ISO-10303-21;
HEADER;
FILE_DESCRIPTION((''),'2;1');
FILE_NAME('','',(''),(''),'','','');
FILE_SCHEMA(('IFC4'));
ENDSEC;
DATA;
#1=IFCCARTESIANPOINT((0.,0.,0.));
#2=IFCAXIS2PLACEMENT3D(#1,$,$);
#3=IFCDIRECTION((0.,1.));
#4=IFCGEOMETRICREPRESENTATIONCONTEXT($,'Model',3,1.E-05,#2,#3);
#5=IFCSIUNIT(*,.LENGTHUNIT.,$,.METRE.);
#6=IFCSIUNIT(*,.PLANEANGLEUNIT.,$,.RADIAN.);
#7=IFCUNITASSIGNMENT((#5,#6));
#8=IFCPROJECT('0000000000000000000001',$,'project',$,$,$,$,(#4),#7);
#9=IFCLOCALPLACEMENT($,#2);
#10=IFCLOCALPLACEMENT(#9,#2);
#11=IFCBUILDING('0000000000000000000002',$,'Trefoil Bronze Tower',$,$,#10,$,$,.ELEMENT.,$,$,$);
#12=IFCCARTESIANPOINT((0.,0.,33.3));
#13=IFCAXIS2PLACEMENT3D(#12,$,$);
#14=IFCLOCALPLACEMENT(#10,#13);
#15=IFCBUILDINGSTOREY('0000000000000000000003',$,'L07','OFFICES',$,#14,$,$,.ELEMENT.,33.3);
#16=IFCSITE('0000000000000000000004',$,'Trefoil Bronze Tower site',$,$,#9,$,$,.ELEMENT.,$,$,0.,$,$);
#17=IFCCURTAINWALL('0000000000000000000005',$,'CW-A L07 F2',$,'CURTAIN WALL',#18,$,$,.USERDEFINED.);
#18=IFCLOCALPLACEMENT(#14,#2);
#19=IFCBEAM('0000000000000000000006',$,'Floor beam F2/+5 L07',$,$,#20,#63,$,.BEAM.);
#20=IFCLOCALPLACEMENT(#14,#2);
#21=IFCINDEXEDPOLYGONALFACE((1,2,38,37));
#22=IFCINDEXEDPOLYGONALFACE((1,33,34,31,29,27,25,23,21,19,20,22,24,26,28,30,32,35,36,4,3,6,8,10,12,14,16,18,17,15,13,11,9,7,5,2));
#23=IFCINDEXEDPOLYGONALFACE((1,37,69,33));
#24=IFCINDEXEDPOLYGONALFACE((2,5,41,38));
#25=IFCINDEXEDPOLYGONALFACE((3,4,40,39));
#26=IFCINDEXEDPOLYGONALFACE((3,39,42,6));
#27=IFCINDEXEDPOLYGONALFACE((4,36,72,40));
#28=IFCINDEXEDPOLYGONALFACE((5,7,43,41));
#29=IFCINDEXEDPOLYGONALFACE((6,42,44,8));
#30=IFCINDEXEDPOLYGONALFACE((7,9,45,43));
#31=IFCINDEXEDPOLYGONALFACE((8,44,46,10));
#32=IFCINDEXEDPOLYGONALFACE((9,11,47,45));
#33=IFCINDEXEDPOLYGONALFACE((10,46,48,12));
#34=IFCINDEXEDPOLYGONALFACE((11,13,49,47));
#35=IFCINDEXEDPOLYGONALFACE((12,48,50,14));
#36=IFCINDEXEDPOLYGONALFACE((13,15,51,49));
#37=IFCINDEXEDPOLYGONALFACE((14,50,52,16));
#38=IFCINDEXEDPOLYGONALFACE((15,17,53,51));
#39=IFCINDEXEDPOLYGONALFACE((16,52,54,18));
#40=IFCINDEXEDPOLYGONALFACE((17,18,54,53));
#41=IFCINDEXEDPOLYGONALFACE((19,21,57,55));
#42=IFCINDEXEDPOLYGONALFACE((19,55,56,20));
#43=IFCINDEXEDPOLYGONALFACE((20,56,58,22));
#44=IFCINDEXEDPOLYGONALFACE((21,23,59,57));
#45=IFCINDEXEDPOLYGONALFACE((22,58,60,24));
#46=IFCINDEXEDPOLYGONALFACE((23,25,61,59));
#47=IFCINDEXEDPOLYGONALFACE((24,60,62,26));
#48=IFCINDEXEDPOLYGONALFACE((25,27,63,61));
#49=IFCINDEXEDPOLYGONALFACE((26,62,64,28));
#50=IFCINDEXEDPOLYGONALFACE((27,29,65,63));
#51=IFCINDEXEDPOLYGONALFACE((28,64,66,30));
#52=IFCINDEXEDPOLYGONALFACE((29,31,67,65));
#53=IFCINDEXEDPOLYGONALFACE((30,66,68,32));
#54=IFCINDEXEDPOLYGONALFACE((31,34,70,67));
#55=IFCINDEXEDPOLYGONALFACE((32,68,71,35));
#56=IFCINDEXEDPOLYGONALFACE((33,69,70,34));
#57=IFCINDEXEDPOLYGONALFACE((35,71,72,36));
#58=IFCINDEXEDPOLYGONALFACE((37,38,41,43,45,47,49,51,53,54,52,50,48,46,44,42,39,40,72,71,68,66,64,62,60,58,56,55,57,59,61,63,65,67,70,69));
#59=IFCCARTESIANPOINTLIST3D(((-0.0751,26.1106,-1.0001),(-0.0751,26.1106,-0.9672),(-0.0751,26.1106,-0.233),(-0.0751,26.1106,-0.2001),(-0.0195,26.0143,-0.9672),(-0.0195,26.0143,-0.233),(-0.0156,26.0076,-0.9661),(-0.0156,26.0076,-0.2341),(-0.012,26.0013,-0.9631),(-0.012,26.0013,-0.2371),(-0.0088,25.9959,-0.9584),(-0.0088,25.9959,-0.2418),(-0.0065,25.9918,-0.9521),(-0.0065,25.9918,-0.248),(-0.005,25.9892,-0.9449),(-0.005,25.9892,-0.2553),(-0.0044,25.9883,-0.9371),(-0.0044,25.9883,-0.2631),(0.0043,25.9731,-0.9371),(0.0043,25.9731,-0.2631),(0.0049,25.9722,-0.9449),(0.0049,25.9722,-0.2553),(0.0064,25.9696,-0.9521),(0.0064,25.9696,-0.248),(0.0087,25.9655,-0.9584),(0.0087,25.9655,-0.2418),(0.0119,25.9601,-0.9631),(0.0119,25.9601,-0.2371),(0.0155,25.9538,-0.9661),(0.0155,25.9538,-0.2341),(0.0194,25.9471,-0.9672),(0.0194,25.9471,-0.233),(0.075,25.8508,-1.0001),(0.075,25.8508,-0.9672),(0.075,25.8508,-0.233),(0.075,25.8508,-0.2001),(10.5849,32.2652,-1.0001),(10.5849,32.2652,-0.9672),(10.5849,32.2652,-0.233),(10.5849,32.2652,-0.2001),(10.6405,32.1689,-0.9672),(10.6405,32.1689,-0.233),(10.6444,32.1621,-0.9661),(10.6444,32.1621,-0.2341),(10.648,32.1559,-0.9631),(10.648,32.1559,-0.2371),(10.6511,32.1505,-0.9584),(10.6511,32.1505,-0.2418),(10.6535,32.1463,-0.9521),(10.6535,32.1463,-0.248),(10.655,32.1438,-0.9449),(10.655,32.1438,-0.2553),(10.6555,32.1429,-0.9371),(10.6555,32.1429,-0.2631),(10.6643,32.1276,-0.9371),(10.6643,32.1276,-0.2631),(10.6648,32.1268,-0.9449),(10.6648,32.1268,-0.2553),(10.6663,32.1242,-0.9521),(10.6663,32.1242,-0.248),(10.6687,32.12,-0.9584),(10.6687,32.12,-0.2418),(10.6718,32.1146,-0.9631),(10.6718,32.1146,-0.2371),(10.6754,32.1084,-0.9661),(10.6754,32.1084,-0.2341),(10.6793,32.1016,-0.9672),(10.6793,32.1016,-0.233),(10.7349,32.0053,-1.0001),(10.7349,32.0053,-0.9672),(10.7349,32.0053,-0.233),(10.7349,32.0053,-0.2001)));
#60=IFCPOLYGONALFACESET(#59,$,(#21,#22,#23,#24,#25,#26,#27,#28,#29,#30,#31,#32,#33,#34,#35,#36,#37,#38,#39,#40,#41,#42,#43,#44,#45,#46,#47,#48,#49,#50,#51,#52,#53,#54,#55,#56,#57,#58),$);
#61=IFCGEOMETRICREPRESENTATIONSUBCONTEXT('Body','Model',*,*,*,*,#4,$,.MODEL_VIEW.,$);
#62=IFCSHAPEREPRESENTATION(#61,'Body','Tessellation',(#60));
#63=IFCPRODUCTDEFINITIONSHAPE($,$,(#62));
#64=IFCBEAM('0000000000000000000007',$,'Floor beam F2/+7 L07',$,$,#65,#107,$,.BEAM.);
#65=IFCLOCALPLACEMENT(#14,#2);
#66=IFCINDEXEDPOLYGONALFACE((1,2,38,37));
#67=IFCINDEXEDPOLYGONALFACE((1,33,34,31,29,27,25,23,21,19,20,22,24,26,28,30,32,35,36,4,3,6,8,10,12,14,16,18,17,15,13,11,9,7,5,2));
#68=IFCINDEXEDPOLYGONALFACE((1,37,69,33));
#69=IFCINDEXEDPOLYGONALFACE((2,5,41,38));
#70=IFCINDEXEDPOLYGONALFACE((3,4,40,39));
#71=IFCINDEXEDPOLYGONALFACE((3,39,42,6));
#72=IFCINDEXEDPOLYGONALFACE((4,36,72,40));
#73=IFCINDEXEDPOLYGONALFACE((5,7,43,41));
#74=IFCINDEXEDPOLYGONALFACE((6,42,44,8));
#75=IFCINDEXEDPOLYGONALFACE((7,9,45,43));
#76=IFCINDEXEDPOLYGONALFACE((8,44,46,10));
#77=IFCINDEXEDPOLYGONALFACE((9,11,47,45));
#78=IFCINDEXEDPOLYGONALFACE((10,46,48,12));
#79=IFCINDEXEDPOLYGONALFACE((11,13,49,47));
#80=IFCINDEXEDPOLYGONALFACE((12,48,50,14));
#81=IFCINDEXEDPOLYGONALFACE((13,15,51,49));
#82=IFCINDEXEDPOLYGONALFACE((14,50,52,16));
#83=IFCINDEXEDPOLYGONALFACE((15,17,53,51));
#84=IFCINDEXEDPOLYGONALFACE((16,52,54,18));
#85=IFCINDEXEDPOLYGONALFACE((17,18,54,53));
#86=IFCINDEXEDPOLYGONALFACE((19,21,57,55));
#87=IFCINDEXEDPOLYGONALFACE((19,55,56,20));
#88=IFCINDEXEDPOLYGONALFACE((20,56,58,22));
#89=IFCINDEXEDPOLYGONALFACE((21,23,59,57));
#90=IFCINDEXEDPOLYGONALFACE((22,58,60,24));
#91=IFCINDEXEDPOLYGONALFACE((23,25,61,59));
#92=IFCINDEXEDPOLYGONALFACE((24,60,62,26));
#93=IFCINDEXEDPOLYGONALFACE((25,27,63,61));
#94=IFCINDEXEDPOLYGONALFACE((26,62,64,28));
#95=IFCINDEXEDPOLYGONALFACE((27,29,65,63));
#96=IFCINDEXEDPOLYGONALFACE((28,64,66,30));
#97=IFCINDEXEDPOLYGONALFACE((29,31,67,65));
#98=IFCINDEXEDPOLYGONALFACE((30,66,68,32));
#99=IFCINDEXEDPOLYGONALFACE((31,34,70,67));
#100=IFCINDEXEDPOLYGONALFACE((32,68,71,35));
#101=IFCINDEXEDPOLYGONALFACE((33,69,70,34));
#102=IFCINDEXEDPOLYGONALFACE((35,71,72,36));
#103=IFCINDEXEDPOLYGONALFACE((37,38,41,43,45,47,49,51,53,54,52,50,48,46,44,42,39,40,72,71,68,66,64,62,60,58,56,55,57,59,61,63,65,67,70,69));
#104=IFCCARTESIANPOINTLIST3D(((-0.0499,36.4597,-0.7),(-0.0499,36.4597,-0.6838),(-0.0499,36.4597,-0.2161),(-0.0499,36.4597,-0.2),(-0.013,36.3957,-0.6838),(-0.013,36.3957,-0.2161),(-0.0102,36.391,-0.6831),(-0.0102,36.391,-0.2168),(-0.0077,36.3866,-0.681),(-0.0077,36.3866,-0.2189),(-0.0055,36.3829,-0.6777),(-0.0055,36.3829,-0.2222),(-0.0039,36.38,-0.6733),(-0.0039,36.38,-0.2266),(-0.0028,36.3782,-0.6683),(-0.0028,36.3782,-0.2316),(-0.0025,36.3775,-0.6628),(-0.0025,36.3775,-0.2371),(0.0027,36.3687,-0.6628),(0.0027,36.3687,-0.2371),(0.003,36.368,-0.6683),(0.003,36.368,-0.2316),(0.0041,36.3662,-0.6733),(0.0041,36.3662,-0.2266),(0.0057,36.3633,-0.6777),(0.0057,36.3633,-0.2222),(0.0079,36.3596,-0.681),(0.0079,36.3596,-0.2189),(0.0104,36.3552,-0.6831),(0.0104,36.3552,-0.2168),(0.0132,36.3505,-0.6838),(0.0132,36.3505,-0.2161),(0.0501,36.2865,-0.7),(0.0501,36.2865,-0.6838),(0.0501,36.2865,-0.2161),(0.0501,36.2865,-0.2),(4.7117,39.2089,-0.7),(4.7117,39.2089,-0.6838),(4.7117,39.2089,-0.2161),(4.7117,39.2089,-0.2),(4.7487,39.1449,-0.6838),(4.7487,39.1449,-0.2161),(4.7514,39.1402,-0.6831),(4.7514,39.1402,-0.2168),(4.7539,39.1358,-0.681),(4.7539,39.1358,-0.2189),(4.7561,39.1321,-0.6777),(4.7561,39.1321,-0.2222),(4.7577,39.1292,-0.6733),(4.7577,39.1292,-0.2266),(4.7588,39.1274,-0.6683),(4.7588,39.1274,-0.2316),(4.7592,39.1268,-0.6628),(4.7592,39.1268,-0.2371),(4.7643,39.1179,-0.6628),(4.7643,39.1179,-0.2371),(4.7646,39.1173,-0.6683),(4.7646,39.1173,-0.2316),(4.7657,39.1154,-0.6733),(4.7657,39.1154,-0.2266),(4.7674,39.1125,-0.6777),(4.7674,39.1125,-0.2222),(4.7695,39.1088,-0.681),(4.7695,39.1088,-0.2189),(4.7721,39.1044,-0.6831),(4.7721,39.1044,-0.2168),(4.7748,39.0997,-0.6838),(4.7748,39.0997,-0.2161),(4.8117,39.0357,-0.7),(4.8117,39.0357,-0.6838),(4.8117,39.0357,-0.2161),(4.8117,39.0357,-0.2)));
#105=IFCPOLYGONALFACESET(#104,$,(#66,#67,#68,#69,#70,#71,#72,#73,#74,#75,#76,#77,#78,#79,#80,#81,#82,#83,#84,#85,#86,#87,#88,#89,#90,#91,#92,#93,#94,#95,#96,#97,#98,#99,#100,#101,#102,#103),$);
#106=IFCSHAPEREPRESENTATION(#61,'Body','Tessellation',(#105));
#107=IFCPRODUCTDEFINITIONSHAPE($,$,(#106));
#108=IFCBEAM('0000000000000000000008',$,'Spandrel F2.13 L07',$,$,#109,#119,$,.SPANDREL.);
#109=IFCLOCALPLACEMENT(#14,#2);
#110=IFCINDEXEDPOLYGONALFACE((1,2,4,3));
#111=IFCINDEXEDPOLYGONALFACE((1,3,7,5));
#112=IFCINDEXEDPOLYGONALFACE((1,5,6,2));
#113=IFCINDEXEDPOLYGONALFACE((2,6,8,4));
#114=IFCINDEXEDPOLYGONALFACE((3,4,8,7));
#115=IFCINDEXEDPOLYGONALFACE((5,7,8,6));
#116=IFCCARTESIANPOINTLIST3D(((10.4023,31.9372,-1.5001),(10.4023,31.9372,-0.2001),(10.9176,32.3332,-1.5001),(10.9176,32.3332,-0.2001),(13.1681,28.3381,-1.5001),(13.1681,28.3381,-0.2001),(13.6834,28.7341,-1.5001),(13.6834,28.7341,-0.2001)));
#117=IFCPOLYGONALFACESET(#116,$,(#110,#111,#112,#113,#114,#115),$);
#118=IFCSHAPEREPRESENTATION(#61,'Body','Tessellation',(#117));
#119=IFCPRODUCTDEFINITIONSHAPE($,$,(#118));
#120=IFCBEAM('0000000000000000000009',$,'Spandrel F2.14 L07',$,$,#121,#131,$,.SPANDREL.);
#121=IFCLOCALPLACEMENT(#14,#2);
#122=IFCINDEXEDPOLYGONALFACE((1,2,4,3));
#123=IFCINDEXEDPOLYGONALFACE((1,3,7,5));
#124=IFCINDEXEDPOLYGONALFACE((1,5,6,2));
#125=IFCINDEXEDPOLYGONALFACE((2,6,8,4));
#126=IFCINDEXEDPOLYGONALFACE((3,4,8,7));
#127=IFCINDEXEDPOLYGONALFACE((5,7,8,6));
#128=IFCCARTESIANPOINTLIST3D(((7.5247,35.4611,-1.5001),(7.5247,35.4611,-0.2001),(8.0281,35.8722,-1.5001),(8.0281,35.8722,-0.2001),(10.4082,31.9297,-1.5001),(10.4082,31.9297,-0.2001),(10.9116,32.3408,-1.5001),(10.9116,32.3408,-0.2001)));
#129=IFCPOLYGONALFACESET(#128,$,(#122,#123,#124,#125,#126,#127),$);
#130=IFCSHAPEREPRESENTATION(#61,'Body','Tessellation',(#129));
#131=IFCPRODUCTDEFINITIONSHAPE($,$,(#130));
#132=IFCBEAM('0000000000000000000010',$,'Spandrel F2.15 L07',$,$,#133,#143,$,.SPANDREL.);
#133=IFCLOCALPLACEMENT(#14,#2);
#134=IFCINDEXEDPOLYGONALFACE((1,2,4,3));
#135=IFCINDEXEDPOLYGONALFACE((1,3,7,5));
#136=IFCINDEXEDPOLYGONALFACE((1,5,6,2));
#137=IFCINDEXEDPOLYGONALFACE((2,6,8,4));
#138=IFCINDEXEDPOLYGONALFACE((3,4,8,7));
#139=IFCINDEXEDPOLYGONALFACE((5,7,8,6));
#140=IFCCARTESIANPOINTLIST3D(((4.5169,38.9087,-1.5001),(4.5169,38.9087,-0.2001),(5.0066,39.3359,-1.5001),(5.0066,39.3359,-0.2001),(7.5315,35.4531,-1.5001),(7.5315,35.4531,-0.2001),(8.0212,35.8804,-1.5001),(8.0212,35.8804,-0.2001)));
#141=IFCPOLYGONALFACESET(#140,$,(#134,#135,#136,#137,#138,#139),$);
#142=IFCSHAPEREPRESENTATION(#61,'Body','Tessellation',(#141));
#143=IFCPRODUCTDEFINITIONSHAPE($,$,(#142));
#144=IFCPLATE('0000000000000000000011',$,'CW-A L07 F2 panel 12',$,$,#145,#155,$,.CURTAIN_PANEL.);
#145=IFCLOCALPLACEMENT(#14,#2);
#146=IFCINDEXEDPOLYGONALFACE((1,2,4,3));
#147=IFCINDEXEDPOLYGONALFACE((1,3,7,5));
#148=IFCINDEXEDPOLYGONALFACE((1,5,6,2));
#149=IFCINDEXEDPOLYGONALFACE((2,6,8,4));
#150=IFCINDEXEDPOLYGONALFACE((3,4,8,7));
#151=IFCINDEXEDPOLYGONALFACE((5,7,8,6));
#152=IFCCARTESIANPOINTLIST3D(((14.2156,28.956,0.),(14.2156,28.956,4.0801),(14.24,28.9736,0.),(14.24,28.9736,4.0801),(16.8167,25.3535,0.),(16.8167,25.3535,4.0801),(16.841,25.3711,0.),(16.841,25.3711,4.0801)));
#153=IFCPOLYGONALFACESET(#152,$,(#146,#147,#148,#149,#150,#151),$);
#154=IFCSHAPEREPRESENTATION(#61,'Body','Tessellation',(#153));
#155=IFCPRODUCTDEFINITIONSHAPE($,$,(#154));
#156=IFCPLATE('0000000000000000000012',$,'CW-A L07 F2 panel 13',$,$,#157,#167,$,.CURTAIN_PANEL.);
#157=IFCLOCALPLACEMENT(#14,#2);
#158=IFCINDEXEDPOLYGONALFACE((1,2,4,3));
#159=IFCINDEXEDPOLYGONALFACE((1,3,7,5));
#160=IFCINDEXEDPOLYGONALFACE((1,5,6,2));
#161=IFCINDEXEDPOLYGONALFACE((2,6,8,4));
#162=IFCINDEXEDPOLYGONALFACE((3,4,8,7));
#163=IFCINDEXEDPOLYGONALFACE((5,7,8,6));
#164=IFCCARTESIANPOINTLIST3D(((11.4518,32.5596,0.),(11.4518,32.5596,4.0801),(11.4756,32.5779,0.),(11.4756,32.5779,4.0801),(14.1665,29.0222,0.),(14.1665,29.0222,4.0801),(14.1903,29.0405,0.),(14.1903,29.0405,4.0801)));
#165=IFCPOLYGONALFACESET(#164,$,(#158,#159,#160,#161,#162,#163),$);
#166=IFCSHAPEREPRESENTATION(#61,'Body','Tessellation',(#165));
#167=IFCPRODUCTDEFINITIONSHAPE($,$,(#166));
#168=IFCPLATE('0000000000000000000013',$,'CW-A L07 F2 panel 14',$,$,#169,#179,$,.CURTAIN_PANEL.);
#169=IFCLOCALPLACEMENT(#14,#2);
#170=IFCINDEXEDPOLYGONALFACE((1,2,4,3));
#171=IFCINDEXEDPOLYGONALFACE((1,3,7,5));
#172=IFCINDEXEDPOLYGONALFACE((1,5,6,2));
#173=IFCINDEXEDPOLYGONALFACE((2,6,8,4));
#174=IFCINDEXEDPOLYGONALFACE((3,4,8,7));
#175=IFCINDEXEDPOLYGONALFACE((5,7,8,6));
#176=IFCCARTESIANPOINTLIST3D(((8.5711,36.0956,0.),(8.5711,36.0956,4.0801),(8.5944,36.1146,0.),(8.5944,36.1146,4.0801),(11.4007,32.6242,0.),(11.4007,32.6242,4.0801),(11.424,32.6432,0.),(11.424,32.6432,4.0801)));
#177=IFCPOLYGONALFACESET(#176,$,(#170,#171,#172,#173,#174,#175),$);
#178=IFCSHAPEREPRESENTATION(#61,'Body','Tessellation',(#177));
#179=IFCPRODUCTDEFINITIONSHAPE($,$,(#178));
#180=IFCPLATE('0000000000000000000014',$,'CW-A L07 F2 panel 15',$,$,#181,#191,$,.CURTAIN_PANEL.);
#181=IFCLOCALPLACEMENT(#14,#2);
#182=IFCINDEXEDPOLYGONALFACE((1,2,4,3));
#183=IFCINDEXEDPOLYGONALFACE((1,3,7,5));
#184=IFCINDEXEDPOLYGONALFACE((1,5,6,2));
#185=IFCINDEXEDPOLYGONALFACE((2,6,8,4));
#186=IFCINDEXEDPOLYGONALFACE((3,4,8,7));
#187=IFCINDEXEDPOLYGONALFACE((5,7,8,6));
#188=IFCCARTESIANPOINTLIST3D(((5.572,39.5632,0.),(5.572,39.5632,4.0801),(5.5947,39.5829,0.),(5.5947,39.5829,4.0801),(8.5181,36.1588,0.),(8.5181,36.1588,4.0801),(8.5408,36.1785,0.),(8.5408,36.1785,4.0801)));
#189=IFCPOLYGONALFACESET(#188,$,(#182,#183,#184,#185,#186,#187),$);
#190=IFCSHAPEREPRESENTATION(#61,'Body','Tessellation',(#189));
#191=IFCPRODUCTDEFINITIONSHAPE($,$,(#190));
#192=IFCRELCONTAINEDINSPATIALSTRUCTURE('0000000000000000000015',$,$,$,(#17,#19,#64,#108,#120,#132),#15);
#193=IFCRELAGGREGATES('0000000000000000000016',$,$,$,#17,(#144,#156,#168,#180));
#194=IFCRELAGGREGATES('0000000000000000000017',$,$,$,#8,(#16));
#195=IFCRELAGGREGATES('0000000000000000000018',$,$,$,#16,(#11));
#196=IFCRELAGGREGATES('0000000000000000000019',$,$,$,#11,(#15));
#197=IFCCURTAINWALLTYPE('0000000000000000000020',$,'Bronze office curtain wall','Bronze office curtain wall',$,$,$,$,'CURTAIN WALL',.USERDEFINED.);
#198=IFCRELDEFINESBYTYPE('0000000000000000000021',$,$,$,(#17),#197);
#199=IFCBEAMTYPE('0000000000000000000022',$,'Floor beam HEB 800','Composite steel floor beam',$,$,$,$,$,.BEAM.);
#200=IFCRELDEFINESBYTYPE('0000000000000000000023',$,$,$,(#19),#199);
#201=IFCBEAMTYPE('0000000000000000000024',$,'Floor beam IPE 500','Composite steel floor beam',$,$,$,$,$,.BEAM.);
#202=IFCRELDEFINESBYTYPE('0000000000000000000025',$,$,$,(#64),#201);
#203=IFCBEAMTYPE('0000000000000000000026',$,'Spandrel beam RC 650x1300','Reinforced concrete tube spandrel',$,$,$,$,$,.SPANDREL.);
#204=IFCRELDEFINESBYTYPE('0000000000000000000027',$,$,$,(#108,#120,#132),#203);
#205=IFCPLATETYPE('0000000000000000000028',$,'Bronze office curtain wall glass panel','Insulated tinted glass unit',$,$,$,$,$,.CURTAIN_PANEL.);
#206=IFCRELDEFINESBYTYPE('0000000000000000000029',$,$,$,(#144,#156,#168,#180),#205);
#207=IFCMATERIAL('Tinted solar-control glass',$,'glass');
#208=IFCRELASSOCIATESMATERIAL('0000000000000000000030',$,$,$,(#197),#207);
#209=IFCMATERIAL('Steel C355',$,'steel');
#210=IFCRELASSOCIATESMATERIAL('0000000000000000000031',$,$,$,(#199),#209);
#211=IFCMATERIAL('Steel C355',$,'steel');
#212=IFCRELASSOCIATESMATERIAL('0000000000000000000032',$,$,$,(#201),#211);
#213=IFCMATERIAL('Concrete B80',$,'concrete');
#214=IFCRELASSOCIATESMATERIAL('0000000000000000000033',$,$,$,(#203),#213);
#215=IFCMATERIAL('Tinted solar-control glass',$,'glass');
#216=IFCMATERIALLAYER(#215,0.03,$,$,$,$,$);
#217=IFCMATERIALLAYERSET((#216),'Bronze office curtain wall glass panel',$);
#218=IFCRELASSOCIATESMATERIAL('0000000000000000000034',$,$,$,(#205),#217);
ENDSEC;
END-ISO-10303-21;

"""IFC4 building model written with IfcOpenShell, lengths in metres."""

from ifc_helpers import new_model, si_unit, direction, frame, origin, origin_2d, place, context, subcontext, project, spatial, rectangle, i_section, extrude, material, layer, layer_set, material_profile, profile_set, type_object, element, aggregate, save


model = new_model("IFC4")

# Units and contexts
model_context = context("Model", 3, precision=1e-05, world=origin(), true_north=direction((0.0, 1.0)))
body_context = subcontext(model_context, "Body", "Model", "MODEL_VIEW")
ifc_project = project(units=[si_unit("LENGTHUNIT", "METRE"), si_unit("PLANEANGLEUNIT", "RADIAN")], contexts=[model_context])

# Site, building, storey
site_placement = place(None, origin())
site = spatial("IfcSite", under=ifc_project, at=site_placement, Name="Trefoil Bronze Tower site", CompositionType="ELEMENT", RefElevation=0.0)
building_placement = place(site_placement, origin())
building = spatial("IfcBuilding", under=site, at=building_placement, Name="Trefoil Bronze Tower", CompositionType="ELEMENT")
storey_placement = place(building_placement, frame((0.0, 0.0, 33.3)))
storey = spatial("IfcBuildingStorey", under=building, at=storey_placement, Name="L07", Description="OFFICES", CompositionType="ELEMENT", Elevation=33.3)

# Curtain wall
ifc_material_1 = material(Name="Tinted solar-control glass", Category="glass")
curtain_wall_type_1 = type_object("IfcCurtainWallType", Name="Bronze office curtain wall", Description="Bronze office curtain wall", ElementType="CURTAIN WALL", PredefinedType="USERDEFINED", material=ifc_material_1)
curtain_wall_1_placement = place(storey_placement, origin())
curtain_wall_1 = element("IfcCurtainWall", 1, at=curtain_wall_1_placement, inside=storey, type_object=curtain_wall_type_1, Name="CW-A L07 F2", ObjectType="CURTAIN WALL", PredefinedType="USERDEFINED")

# Beams
ifc_material_2 = material(Name="Steel C355", Category="steel")
ifc_material_profile_1 = material_profile(ifc_material_2, i_section(OverallWidth=0.3, OverallDepth=0.8, WebThickness=0.0176, FlangeThickness=0.033, FilletRadius=0.03, at=origin_2d()), Name="HEB 800")
ifc_profile_set_1 = profile_set([ifc_material_profile_1], Name="Steel C355")
beam_type_1 = type_object("IfcBeamType", Name="Floor beam HEB 800", Description="Composite steel floor beam", PredefinedType="BEAM", material=ifc_profile_set_1)
beam_1_placement = place(storey_placement, frame((10.6599, 32.1353, -0.6001), z_axis=(-0.866024, -0.500002, 0.0), x_axis=(0.500002, -0.866024, 0.0)))
element("IfcBeam", 2, at=beam_1_placement, inside=storey, type_object=beam_type_1, Name="Floor beam F2/+5 L07", PredefinedType="BEAM", context=body_context, shape_type="SweptSolid", body=[
    extrude(i_section(OverallWidth=0.3, OverallDepth=0.8, WebThickness=0.0176, FlangeThickness=0.033, FilletRadius=0.03, at=origin_2d()), origin(), (0.0, 0.0, 1.0), 12.3091),
])
ifc_material_3 = material(Name="Steel C355", Category="steel")
ifc_material_profile_2 = material_profile(ifc_material_3, i_section(OverallWidth=0.2, OverallDepth=0.5, WebThickness=0.0103, FlangeThickness=0.0161, FilletRadius=0.021, at=origin_2d()), Name="IPE 500")
ifc_profile_set_2 = profile_set([ifc_material_profile_2], Name="Steel C355")
beam_type_2 = type_object("IfcBeamType", Name="Floor beam IPE 500", Description="Composite steel floor beam", PredefinedType="BEAM", material=ifc_profile_set_2)
beam_2_placement = place(storey_placement, frame((4.7617, 39.1223, -0.45), z_axis=(-0.866018, -0.500012, 0.0), x_axis=(0.500012, -0.866018, 0.0)))
element("IfcBeam", 3, at=beam_2_placement, inside=storey, type_object=beam_type_2, Name="Floor beam F2/+7 L07", PredefinedType="BEAM", context=body_context, shape_type="SweptSolid", body=[
    extrude(i_section(OverallWidth=0.2, OverallDepth=0.5, WebThickness=0.0103, FlangeThickness=0.0161, FilletRadius=0.021, at=origin_2d()), origin(), (0.0, 0.0, 1.0), 5.4983),
])
ifc_material_4 = material(Name="Concrete B80", Category="concrete")
ifc_material_profile_3 = material_profile(ifc_material_4, rectangle(XDim=0.6499, YDim=1.3, at=origin_2d()), Name="RC 650x1300")
ifc_profile_set_3 = profile_set([ifc_material_profile_3], Name="Concrete B80")
beam_type_3 = type_object("IfcBeamType", Name="Spandrel beam RC 650x1300", Description="Reinforced concrete tube spandrel", PredefinedType="SPANDREL", material=ifc_profile_set_3)
beam_3_placement = place(storey_placement, frame((13.4258, 28.5361, -0.8501), z_axis=(-0.609339, 0.79291, 0.0), x_axis=(-0.79291, -0.609339, 0.0)))
element("IfcBeam", 4, at=beam_3_placement, inside=storey, type_object=beam_type_3, Name="Spandrel F2.13 L07", PredefinedType="SPANDREL", context=body_context, shape_type="SweptSolid", body=[
    extrude(rectangle(XDim=0.6499, YDim=1.3, at=origin_2d()), origin(), (0.0, 0.0, 1.0), 4.5391),
])
beam_4_placement = place(storey_placement, frame((10.6599, 32.1353, -0.8501), z_axis=(-0.632468, 0.774587, 0.0), x_axis=(-0.774587, -0.632468, 0.0)))
element("IfcBeam", 5, at=beam_4_placement, inside=storey, type_object=beam_type_3, Name="Spandrel F2.14 L07", PredefinedType="SPANDREL", context=body_context, shape_type="SweptSolid", body=[
    extrude(rectangle(XDim=0.6499, YDim=1.3, at=origin_2d()), origin(), (0.0, 0.0, 1.0), 4.5591),
])
beam_5_placement = place(storey_placement, frame((7.7764, 35.6667, -0.8501), z_axis=(-0.657396, 0.753545, 0.0), x_axis=(-0.753545, -0.657396, 0.0)))
element("IfcBeam", 6, at=beam_5_placement, inside=storey, type_object=beam_type_3, Name="Spandrel F2.15 L07", PredefinedType="SPANDREL", context=body_context, shape_type="SweptSolid", body=[
    extrude(rectangle(XDim=0.6499, YDim=1.3, at=origin_2d()), origin(), (0.0, 0.0, 1.0), 4.5857),
])

# Plates
ifc_material_5 = material(Name="Tinted solar-control glass", Category="glass")
ifc_layer_1 = layer(ifc_material_5, 0.03)
ifc_layer_set_1 = layer_set([ifc_layer_1], Name="Bronze office curtain wall glass panel")
plate_type_1 = type_object("IfcPlateType", Name="Bronze office curtain wall glass panel", Description="Insulated tinted glass unit", PredefinedType="CURTAIN_PANEL", material=ifc_layer_set_1)
plate_1_placement = place(storey_placement, frame((15.5283, 27.1636, 0.0), z_axis=(0.0, 0.0, 1.0), x_axis=(-0.585373, 0.810764, 0.0)))
plate_1 = element("IfcPlate", 7, at=plate_1_placement, type_object=plate_type_1, Name="CW-A L07 F2 panel 12", PredefinedType="CURTAIN_PANEL", context=body_context, shape_type="SweptSolid", body=[
    extrude(rectangle(XDim=4.4434, YDim=0.03, at=origin_2d()), origin(), (0.0, 0.0, 1.0), 4.0801),
])
plate_2_placement = place(storey_placement, frame((12.821, 30.8, 0.0), z_axis=(0.0, 0.0, 1.0), x_axis=(-0.608808, 0.793318, 0.0)))
plate_2 = element("IfcPlate", 8, at=plate_2_placement, type_object=plate_type_1, Name="CW-A L07 F2 panel 13", PredefinedType="CURTAIN_PANEL", context=body_context, shape_type="SweptSolid", body=[
    extrude(rectangle(XDim=4.459, YDim=0.03, at=origin_2d()), origin(), (0.0, 0.0, 1.0), 4.0801),
])
plate_3_placement = place(storey_placement, frame((9.9976, 34.3694, 0.0), z_axis=(0.0, 0.0, 1.0), x_axis=(-0.631811, 0.775123, 0.0)))
plate_3 = element("IfcPlate", 9, at=plate_3_placement, type_object=plate_type_1, Name="CW-A L07 F2 panel 14", PredefinedType="CURTAIN_PANEL", context=body_context, shape_type="SweptSolid", body=[
    extrude(rectangle(XDim=4.4785, YDim=0.03, at=origin_2d()), origin(), (0.0, 0.0, 1.0), 4.0801),
])
plate_4_placement = place(storey_placement, frame((7.0564, 37.8708, 0.0), z_axis=(0.0, 0.0, 1.0), x_axis=(-0.654376, 0.756169, 0.0)))
plate_4 = element("IfcPlate", 10, at=plate_4_placement, type_object=plate_type_1, Name="CW-A L07 F2 panel 15", PredefinedType="CURTAIN_PANEL", context=body_context, shape_type="SweptSolid", body=[
    extrude(rectangle(XDim=4.5022, YDim=0.03, at=origin_2d()), origin(), (0.0, 0.0, 1.0), 4.0801),
])
aggregate(curtain_wall_1, [plate_1, plate_2, plate_3, plate_4])

save(model, "model.ifc")
